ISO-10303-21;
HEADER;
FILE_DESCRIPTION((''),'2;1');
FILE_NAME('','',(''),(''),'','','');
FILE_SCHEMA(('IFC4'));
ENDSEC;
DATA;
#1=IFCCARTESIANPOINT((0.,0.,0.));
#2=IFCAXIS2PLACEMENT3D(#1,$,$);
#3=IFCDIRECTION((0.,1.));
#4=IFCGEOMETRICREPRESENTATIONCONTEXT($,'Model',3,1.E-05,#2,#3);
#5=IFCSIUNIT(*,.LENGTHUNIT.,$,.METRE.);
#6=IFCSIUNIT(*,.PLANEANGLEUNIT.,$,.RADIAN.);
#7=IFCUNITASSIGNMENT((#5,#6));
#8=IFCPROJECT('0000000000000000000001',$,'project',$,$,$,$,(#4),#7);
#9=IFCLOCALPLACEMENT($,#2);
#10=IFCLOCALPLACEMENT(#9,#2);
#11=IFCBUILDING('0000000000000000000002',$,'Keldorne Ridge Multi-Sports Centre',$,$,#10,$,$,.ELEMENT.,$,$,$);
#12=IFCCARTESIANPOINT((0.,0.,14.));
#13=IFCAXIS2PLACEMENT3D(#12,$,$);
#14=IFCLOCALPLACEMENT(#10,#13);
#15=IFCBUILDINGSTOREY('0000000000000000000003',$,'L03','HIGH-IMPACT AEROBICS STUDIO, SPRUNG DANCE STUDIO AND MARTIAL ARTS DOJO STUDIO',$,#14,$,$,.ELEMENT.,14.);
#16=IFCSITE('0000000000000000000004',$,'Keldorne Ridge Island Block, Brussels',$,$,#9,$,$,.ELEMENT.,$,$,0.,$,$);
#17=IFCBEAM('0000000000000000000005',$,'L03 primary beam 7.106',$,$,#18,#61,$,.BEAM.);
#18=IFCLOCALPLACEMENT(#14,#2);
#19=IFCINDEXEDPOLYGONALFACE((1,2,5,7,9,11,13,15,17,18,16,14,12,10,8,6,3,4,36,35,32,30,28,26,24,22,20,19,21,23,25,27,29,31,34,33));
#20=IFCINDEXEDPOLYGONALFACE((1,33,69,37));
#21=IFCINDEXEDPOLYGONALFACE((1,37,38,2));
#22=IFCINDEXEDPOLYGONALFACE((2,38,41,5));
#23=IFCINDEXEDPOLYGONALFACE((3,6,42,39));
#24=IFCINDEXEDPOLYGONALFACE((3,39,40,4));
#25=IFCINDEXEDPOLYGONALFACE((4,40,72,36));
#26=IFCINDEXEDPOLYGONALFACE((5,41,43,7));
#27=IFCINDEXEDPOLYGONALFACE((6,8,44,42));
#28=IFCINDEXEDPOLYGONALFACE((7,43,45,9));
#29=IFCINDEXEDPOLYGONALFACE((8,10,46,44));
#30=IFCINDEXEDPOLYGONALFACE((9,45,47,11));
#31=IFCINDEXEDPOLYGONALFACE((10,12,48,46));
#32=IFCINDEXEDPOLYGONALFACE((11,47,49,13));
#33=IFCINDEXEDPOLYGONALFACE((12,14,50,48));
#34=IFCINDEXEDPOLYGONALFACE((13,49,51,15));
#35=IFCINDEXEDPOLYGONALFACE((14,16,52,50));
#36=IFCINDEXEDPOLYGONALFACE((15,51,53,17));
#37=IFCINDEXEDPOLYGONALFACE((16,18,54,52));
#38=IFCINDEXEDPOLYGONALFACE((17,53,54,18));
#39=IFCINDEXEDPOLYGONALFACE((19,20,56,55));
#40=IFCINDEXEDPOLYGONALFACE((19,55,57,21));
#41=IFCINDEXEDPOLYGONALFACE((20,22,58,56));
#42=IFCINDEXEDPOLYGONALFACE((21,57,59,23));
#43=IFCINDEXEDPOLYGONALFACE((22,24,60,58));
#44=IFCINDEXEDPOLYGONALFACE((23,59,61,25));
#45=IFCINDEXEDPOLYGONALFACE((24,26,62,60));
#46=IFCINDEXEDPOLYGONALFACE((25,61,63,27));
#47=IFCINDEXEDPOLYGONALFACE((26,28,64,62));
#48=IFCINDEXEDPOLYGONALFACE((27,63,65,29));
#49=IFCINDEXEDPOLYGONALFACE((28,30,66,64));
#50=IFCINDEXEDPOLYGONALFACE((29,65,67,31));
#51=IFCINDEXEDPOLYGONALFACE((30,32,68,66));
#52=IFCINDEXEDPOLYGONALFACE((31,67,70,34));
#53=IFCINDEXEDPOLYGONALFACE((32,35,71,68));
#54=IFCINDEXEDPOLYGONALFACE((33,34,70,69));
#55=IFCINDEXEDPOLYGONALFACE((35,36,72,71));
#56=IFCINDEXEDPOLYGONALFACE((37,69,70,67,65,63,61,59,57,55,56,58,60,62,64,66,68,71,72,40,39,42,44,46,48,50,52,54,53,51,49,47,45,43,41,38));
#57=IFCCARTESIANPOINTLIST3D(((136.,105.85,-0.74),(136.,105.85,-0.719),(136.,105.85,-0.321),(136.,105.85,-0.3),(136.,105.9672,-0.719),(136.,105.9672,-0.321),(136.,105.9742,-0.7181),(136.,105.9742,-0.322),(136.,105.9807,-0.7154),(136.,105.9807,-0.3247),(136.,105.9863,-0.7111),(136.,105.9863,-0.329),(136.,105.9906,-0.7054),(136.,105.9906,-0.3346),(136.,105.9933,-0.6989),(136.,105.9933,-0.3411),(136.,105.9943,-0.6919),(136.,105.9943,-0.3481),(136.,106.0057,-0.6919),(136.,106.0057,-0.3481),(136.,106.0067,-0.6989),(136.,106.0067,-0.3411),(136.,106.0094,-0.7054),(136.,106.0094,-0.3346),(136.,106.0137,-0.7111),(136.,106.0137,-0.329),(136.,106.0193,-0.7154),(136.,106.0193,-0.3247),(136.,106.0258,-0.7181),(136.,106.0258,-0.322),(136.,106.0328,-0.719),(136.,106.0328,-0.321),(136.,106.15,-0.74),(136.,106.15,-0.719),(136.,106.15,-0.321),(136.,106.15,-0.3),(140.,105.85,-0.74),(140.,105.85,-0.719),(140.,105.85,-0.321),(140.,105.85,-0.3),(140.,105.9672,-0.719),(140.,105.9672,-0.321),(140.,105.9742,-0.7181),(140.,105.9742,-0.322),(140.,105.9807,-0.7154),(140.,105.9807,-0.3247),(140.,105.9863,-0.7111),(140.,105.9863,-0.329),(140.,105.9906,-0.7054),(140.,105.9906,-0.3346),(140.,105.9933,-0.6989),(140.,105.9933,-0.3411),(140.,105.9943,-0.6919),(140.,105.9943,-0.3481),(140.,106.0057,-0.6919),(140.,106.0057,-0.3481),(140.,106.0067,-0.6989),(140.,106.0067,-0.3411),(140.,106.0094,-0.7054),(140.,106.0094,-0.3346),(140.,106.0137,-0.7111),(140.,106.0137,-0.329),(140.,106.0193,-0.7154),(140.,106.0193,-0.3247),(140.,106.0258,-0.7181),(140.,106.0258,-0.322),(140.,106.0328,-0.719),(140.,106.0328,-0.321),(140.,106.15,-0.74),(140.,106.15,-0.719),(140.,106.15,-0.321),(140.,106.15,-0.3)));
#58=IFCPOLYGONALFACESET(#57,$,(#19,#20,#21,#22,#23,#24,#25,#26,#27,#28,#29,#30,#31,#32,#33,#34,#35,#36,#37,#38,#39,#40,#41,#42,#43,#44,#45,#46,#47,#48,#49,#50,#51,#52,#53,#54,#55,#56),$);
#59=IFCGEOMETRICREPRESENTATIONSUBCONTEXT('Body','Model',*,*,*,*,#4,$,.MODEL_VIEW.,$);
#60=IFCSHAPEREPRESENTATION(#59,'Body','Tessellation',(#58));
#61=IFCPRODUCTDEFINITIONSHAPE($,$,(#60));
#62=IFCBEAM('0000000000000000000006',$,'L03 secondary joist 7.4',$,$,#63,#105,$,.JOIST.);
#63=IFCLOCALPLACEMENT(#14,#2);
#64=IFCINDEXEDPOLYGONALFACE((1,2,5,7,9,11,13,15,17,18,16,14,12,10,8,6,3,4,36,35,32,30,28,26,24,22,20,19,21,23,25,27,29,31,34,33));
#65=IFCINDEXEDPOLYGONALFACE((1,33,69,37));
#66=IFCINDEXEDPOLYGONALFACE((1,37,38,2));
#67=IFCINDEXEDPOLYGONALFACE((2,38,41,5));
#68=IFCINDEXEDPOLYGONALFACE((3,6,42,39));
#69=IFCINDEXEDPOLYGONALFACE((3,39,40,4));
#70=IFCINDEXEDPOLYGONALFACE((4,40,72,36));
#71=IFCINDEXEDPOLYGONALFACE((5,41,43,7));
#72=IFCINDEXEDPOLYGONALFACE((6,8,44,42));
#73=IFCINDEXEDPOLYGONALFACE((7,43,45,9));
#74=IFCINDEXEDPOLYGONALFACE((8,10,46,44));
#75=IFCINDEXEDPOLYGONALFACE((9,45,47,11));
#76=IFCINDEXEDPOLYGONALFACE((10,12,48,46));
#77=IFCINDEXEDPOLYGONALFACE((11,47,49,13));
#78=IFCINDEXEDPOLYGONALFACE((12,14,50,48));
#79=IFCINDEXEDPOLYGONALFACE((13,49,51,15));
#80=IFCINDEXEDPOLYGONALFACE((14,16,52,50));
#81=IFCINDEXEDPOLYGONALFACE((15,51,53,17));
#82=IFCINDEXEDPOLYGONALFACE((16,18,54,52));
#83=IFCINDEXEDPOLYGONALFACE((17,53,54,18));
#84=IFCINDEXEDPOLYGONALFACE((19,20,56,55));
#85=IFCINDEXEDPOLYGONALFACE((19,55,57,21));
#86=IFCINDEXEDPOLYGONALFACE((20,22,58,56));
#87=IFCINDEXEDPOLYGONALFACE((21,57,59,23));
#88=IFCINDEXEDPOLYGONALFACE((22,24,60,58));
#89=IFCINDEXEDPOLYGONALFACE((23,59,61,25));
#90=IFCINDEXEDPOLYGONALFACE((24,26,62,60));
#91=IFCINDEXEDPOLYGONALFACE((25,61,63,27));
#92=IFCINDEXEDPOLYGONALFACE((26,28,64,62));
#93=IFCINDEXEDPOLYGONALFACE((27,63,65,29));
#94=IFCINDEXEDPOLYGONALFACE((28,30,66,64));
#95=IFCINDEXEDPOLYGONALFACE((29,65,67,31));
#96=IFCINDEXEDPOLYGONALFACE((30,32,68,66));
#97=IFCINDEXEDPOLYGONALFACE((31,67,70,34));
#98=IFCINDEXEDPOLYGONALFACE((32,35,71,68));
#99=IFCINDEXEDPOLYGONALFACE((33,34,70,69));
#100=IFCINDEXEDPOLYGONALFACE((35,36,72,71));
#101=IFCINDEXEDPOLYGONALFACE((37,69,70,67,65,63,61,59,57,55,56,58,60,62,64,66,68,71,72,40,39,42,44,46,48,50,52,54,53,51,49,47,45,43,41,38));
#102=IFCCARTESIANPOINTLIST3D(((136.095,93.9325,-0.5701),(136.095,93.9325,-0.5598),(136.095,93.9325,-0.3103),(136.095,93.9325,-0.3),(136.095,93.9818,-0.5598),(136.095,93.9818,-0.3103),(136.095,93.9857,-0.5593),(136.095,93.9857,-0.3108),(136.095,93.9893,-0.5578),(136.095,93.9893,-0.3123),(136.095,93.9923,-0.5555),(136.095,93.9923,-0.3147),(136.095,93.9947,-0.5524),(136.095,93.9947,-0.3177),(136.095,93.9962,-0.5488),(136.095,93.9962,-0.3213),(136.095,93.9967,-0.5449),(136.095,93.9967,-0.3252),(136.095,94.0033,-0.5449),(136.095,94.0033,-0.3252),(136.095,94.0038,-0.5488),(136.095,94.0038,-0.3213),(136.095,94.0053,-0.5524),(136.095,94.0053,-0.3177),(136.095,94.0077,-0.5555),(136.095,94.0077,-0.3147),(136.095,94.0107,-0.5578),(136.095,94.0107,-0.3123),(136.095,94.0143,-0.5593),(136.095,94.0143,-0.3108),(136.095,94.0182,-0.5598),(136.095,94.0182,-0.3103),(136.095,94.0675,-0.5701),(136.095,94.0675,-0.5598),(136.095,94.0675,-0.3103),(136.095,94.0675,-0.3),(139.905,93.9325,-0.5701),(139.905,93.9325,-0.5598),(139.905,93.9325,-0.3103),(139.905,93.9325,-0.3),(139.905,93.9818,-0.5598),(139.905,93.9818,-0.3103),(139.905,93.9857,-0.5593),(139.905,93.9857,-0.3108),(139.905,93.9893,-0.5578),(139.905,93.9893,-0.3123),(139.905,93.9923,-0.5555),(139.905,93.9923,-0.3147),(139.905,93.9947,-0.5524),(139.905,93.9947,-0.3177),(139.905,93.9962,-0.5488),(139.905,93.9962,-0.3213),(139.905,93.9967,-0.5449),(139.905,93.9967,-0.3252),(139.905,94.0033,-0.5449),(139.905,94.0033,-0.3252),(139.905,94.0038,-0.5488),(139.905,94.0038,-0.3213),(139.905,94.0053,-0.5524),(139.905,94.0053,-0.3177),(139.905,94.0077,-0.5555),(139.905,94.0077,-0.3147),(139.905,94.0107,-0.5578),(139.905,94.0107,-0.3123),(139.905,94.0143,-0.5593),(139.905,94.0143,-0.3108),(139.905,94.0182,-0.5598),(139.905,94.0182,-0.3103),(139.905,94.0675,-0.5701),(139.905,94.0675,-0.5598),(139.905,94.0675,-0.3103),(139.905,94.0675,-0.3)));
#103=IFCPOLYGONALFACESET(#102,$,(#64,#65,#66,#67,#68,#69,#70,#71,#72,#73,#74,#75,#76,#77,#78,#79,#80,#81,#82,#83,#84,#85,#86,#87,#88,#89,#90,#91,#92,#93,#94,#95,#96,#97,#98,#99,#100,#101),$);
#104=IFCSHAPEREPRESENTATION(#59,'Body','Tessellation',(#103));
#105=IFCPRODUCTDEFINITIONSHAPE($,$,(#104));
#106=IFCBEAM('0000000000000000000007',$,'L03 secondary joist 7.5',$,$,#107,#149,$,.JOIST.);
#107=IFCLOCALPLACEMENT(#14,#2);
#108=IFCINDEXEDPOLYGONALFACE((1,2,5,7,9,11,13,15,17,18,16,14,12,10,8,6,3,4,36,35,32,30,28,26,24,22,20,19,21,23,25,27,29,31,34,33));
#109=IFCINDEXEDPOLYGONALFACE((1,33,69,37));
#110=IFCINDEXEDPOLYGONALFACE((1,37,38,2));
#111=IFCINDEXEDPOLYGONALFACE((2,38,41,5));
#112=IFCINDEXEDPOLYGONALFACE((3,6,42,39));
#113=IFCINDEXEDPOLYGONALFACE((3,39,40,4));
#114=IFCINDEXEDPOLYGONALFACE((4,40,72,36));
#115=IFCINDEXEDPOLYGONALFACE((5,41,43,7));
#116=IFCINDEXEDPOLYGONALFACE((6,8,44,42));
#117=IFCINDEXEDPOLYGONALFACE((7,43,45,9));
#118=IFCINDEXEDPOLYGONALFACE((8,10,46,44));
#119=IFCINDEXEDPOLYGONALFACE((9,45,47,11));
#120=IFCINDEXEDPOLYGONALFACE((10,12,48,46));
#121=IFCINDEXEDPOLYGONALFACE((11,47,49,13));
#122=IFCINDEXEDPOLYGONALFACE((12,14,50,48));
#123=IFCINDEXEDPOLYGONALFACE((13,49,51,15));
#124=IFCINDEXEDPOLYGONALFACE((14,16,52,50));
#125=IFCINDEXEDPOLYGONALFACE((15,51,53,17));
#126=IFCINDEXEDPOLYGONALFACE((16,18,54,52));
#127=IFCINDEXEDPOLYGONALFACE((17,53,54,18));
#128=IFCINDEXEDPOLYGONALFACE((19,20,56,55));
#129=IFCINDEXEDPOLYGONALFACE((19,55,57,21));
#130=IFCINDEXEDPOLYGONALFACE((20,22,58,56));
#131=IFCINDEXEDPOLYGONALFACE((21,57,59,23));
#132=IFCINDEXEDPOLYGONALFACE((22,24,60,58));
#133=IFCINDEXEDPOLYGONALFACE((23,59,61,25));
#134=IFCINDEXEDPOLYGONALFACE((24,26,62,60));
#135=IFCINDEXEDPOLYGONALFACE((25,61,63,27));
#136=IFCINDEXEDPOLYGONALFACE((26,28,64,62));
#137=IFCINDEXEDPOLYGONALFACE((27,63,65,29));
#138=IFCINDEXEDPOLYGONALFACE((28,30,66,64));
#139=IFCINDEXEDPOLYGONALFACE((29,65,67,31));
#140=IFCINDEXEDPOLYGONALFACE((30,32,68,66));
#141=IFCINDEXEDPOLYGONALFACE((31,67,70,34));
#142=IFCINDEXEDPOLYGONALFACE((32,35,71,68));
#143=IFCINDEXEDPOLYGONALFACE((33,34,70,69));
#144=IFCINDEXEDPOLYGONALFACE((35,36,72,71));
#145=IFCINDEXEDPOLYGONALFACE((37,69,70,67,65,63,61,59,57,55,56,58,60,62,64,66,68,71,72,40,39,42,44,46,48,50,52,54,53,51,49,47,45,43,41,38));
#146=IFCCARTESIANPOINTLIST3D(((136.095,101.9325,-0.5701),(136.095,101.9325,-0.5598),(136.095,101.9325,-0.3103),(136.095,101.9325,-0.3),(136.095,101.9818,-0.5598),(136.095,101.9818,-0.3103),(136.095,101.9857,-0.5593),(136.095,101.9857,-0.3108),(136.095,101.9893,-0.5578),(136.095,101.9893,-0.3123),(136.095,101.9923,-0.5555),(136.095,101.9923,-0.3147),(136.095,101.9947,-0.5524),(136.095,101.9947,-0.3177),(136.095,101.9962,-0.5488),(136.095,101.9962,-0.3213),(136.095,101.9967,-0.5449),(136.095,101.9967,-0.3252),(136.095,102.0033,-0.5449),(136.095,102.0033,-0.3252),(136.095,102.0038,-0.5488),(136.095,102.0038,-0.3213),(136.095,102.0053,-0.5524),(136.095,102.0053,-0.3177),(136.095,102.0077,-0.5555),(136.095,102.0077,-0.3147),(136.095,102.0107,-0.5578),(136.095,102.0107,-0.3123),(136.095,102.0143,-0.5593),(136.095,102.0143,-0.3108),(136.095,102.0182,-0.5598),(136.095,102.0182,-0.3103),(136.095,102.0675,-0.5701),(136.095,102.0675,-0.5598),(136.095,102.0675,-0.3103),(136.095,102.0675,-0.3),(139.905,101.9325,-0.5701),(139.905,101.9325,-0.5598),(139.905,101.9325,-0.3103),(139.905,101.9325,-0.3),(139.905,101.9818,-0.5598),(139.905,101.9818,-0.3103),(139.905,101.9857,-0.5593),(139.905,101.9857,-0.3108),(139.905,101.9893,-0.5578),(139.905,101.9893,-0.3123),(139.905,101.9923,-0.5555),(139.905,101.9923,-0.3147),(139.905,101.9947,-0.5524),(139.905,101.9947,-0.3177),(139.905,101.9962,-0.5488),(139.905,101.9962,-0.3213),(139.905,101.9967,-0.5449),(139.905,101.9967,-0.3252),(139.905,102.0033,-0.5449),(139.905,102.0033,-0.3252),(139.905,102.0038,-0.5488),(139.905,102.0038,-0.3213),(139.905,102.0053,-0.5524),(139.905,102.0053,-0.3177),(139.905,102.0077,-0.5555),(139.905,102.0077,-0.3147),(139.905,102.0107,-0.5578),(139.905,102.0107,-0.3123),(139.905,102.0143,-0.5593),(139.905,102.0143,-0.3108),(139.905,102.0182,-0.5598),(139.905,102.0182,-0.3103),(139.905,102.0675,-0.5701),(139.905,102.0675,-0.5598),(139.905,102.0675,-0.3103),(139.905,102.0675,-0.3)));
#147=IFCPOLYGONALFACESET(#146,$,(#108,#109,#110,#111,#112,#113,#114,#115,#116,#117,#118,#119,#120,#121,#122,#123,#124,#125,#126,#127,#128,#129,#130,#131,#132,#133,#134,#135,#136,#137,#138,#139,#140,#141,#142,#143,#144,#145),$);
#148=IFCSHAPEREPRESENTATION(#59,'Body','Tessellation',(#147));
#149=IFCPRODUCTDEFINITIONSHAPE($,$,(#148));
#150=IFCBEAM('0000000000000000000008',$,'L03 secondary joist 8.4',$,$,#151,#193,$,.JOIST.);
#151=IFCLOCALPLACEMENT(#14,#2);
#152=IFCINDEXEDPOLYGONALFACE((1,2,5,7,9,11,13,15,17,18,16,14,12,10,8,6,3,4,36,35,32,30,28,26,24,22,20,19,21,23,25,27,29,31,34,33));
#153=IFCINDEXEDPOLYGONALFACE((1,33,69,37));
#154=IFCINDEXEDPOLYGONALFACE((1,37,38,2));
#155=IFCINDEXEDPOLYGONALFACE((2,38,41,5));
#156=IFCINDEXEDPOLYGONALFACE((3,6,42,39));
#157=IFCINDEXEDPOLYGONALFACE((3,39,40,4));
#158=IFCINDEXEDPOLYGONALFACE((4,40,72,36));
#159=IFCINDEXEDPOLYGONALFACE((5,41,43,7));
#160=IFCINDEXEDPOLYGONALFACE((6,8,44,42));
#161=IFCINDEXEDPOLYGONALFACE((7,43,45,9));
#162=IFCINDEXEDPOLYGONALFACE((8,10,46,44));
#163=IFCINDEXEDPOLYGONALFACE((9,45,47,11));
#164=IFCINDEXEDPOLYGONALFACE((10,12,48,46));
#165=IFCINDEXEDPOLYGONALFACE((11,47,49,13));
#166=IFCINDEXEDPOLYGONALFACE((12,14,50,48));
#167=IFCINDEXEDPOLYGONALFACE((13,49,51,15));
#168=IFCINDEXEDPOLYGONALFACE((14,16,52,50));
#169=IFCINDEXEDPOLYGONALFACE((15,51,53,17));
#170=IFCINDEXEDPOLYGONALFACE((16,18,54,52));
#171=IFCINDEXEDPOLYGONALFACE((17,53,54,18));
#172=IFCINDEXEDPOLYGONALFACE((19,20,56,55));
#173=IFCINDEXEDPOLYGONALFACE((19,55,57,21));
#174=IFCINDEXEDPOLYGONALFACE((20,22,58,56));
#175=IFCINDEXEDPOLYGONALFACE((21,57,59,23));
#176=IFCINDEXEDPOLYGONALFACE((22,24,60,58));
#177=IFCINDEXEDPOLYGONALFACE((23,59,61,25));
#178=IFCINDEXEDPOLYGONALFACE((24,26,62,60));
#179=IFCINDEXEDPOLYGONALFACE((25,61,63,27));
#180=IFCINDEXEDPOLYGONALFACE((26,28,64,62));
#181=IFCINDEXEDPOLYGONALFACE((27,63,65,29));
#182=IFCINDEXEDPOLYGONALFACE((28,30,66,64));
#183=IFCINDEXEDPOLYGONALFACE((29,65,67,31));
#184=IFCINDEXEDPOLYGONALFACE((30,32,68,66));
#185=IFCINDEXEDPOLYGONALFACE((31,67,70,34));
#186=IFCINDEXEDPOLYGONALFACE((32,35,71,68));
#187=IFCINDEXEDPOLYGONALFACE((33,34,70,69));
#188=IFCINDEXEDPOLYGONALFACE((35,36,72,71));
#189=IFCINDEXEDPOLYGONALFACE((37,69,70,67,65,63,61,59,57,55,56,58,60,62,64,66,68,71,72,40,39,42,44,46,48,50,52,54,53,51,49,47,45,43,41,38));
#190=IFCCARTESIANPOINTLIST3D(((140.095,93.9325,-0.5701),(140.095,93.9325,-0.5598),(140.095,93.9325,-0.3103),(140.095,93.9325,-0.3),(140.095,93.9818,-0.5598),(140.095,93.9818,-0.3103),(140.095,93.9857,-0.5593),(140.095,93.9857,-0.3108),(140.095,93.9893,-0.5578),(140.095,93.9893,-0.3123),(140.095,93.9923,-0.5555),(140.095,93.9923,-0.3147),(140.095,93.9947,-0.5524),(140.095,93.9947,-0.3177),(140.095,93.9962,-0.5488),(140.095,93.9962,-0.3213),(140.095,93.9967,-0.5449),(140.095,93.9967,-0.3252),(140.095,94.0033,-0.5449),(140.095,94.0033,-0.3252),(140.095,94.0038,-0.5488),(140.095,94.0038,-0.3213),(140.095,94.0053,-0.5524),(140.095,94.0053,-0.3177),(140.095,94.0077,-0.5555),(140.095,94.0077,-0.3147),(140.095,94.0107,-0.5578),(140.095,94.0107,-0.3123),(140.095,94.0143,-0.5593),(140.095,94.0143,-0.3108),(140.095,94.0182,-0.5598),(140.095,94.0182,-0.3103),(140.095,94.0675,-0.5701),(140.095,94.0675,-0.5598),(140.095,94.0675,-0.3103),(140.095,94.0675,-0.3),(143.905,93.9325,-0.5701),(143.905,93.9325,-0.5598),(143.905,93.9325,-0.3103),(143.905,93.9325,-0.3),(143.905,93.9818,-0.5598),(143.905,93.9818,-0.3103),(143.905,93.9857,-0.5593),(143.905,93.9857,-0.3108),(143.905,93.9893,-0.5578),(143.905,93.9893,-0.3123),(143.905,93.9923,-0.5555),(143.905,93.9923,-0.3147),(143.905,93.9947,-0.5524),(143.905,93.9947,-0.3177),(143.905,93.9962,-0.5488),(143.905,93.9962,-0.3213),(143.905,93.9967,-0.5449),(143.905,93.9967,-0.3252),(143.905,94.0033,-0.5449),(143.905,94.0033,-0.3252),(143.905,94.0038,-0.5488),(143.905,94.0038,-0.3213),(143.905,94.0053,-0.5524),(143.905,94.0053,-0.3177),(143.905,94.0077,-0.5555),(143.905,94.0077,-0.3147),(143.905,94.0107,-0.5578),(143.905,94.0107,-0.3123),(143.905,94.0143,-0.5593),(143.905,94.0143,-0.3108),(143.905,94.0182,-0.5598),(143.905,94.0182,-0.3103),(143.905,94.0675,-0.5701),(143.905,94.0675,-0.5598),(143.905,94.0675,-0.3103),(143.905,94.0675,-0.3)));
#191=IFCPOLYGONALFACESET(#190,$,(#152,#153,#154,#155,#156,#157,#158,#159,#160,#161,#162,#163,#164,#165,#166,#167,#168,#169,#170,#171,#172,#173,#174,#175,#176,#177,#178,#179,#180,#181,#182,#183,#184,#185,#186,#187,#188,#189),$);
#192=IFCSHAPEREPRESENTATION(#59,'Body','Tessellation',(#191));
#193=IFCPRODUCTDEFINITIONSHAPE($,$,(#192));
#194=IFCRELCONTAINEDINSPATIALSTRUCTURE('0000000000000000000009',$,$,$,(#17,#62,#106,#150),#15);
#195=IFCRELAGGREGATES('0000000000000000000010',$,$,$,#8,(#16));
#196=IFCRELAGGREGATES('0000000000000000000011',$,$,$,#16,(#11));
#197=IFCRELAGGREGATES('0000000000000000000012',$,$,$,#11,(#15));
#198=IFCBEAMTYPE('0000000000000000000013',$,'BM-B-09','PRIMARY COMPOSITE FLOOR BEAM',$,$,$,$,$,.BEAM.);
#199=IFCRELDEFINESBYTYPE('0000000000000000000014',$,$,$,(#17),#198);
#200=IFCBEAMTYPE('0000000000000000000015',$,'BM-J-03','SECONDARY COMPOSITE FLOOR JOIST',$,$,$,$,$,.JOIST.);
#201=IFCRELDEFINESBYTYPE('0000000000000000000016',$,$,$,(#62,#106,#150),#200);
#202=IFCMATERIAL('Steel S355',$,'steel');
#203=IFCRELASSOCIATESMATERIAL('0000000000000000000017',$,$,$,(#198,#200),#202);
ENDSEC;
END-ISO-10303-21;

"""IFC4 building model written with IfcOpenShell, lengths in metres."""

from ifc_helpers import new_model, si_unit, direction, frame, origin, origin_2d, place, context, subcontext, project, spatial, i_section, extrude, material, material_profile, profile_set, type_object, element, save


model = new_model("IFC4")

# Units and contexts
model_context = context("Model", 3, precision=1e-05, world=origin(), true_north=direction((0.0, 1.0)))
body_context = subcontext(model_context, "Body", "Model", "MODEL_VIEW")
ifc_project = project(units=[si_unit("LENGTHUNIT", "METRE"), si_unit("PLANEANGLEUNIT", "RADIAN")], contexts=[model_context])

# Site, building, storey
site_placement = place(None, origin())
site = spatial("IfcSite", under=ifc_project, at=site_placement, Name="Keldorne Ridge Island Block, Brussels", CompositionType="ELEMENT", RefElevation=0.0)
building_placement = place(site_placement, origin())
building = spatial("IfcBuilding", under=site, at=building_placement, Name="Keldorne Ridge Multi-Sports Centre", CompositionType="ELEMENT")
storey_placement = place(building_placement, frame((0.0, 0.0, 14.0)))
storey = spatial("IfcBuildingStorey", under=building, at=storey_placement, Name="L03", Description="HIGH-IMPACT AEROBICS STUDIO, SPRUNG DANCE STUDIO AND MARTIAL ARTS DOJO STUDIO", CompositionType="ELEMENT", Elevation=14.0)

# Shared definitions
ifc_material_1 = material(Name="Steel S355", Category="steel")

# Beams
ifc_material_profile_1 = material_profile(ifc_material_1, i_section(OverallWidth=0.3, OverallDepth=0.4399, WebThickness=0.0115, FlangeThickness=0.021, FilletRadius=0.0271, at=origin_2d()), Name="HEA 450")
ifc_profile_set_1 = profile_set([ifc_material_profile_1], Name="Steel S355")
beam_type_1 = type_object("IfcBeamType", Name="BM-B-09", Description="PRIMARY COMPOSITE FLOOR BEAM", PredefinedType="BEAM", material=ifc_profile_set_1)
for number, where, z_axis, x_axis, name in (
    (1, (136.0, 106.0, -0.52), (1.0, 0.0, 0.0), (0.0, 1.0, 0.0), "L03 primary beam 7.106"),
):
    element("IfcBeam", number, at=place(storey_placement, frame(where, z_axis=z_axis, x_axis=x_axis)), inside=storey, type_object=beam_type_1, Name=name, PredefinedType="BEAM", context=body_context, shape_type="SweptSolid", body=[
        extrude(i_section(OverallWidth=0.3, OverallDepth=0.4399, WebThickness=0.0115, FlangeThickness=0.021, FilletRadius=0.0271, at=origin_2d()), origin(), (0.0, 0.0, 1.0), 4.0),
    ])
ifc_material_profile_2 = material_profile(ifc_material_1, i_section(OverallWidth=0.135, OverallDepth=0.27, WebThickness=0.0066, FlangeThickness=0.0103, FilletRadius=0.0149, at=origin_2d()), Name="IPE 270")
ifc_profile_set_2 = profile_set([ifc_material_profile_2], Name="Steel S355")
beam_type_2 = type_object("IfcBeamType", Name="BM-J-03", Description="SECONDARY COMPOSITE FLOOR JOIST", PredefinedType="JOIST", material=ifc_profile_set_2)
for number, where, z_axis, x_axis, name in (
    (2, (136.095, 94.0, -0.4351), (1.0, 0.0, 0.0), (0.0, 1.0, 0.0), "L03 secondary joist 7.4"),
    (3, (136.095, 102.0, -0.4351), (1.0, 0.0, 0.0), (0.0, 1.0, 0.0), "L03 secondary joist 7.5"),
    (4, (140.095, 94.0, -0.4351), (1.0, 0.0, 0.0), (0.0, 1.0, 0.0), "L03 secondary joist 8.4"),
):
    element("IfcBeam", number, at=place(storey_placement, frame(where, z_axis=z_axis, x_axis=x_axis)), inside=storey, type_object=beam_type_2, Name=name, PredefinedType="JOIST", context=body_context, shape_type="SweptSolid", body=[
        extrude(i_section(OverallWidth=0.135, OverallDepth=0.27, WebThickness=0.0066, FlangeThickness=0.0103, FilletRadius=0.0149, at=origin_2d()), origin(), (0.0, 0.0, 1.0), 3.8101),
    ])

save(model, "model.ifc")
